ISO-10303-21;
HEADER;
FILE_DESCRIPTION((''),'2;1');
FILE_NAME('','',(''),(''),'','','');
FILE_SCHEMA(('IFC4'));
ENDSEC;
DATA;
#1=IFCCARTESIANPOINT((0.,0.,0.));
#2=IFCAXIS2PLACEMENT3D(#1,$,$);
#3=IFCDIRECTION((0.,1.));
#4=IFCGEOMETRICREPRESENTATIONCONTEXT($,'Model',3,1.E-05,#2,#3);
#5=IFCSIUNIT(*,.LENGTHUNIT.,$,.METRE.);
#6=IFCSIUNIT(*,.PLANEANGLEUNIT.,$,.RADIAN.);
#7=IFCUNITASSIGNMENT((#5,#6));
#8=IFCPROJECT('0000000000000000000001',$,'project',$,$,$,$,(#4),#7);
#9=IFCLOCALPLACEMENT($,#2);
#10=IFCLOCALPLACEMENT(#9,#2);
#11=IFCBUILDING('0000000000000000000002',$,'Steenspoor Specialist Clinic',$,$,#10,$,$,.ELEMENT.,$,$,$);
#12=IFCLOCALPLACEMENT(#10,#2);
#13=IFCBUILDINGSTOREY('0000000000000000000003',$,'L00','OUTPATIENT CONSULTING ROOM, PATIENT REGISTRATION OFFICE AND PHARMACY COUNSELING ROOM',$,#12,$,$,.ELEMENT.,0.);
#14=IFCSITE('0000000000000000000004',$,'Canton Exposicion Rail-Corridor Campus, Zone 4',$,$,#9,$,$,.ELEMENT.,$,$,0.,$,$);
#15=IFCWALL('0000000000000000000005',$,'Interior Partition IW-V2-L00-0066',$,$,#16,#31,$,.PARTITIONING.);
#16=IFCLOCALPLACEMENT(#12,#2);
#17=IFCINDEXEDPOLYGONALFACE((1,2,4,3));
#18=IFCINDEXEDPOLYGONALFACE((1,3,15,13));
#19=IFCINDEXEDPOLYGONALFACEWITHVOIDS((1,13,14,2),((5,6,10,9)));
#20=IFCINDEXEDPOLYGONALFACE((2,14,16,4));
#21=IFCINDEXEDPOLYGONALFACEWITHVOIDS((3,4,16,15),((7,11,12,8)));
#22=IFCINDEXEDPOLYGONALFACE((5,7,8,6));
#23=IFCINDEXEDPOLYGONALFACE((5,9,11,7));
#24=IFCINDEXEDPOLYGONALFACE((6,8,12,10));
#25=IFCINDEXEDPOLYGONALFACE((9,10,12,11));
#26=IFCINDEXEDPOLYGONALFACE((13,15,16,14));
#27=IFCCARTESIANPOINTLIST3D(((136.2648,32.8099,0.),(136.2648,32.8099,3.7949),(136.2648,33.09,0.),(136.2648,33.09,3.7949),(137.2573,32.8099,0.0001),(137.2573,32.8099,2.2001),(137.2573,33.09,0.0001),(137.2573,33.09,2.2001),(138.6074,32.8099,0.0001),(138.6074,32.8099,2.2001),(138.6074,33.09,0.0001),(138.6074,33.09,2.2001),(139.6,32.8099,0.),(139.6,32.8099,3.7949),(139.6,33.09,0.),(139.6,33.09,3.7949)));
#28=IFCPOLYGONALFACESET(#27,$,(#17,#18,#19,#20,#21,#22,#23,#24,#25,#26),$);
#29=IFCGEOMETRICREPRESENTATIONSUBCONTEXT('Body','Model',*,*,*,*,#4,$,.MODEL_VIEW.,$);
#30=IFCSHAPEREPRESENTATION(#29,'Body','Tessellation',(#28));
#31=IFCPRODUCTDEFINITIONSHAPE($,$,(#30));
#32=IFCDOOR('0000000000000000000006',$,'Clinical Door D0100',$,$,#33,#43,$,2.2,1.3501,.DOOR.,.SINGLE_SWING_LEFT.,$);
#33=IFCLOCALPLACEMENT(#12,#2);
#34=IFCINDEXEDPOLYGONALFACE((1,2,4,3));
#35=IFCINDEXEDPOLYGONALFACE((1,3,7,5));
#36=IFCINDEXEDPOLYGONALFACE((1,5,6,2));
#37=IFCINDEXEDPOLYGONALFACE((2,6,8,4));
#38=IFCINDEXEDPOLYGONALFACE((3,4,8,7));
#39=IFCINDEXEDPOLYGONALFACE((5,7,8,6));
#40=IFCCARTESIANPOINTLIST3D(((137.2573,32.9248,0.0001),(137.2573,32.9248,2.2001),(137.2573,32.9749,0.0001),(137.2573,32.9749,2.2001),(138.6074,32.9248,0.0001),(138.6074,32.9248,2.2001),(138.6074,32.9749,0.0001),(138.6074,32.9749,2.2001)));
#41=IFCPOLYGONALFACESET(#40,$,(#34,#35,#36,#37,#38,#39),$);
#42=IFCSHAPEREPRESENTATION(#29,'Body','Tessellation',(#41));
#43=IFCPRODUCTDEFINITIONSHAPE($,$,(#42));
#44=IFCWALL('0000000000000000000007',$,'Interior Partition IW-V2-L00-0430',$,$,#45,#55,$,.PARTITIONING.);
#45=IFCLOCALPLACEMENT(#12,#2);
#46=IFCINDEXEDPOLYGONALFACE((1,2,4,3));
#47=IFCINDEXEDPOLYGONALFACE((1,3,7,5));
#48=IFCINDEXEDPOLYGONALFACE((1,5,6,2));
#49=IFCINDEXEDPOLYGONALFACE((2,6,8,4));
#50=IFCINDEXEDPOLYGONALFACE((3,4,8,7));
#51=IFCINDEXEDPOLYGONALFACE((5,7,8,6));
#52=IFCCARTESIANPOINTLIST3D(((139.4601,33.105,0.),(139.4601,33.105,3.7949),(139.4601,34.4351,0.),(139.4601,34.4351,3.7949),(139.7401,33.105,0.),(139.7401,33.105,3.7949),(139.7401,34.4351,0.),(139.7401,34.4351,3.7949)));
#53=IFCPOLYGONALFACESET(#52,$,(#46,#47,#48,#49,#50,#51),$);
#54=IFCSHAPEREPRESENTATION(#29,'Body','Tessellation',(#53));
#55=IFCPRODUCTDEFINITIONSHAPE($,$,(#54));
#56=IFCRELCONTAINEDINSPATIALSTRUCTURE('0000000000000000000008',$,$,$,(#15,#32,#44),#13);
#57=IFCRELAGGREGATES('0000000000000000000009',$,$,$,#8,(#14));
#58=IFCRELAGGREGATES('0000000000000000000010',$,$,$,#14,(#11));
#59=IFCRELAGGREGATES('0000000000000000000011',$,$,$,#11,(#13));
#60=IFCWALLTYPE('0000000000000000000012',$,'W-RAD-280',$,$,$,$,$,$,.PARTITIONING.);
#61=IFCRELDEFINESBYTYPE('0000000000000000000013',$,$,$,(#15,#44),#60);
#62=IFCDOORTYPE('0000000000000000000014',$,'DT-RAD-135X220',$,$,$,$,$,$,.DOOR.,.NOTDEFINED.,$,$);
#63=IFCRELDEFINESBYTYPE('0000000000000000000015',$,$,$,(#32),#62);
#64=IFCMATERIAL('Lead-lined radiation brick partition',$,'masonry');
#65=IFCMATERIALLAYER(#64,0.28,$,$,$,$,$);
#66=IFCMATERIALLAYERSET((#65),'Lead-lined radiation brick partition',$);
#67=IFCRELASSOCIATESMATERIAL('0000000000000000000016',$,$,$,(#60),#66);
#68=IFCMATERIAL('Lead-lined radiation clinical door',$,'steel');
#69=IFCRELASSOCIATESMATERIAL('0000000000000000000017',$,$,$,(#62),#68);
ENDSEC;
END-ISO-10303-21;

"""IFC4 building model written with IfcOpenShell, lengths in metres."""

from ifc_helpers import new_model, si_unit, direction, frame, frame_2d, origin, place, context, subcontext, project, spatial, rectangle, extrude, material, layer, layer_set, type_object, element, fill, save


model = new_model("IFC4")

# Units and contexts
model_context = context("Model", 3, precision=1e-05, world=origin(), true_north=direction((0.0, 1.0)))
body_context = subcontext(model_context, "Body", "Model", "MODEL_VIEW")
ifc_project = project(units=[si_unit("LENGTHUNIT", "METRE"), si_unit("PLANEANGLEUNIT", "RADIAN")], contexts=[model_context])

# Site, building, storey
site_placement = place(None, origin())
site = spatial("IfcSite", under=ifc_project, at=site_placement, Name="Canton Exposicion Rail-Corridor Campus, Zone 4", CompositionType="ELEMENT", RefElevation=0.0)
building_placement = place(site_placement, origin())
building = spatial("IfcBuilding", under=site, at=building_placement, Name="Steenspoor Specialist Clinic", CompositionType="ELEMENT")
storey_placement = place(building_placement, origin())
storey = spatial("IfcBuildingStorey", under=building, at=storey_placement, Name="L00", Description="OUTPATIENT CONSULTING ROOM, PATIENT REGISTRATION OFFICE AND PHARMACY COUNSELING ROOM", CompositionType="ELEMENT", Elevation=0.0)

# Wall, opening, door
ifc_material_1 = material(Name="Lead-lined radiation brick partition", Category="masonry")
ifc_layer_1 = layer(ifc_material_1, 0.28)
ifc_layer_set_1 = layer_set([ifc_layer_1], Name="Lead-lined radiation brick partition")
wall_type_1 = type_object("IfcWallType", Name="W-RAD-280", PredefinedType="PARTITIONING", material=ifc_layer_set_1)
wall_1_placement = place(storey_placement, frame((136.2649, 32.95, 0.0), z_axis=(0.0, 0.0, 1.0), x_axis=(1.0, 0.0, 0.0)))
wall_1 = element("IfcWall", 1, at=wall_1_placement, inside=storey, type_object=wall_type_1, Name="Interior Partition IW-V2-L00-0066", PredefinedType="PARTITIONING", context=body_context, shape_type="SweptSolid", body=[
    extrude(rectangle(XDim=3.3352, YDim=0.28, at=frame_2d((1.6675, 0.0))), origin(), (0.0, 0.0, 1.0), 3.7949),
])
opening_1_placement = place(wall_1_placement, frame((0.9924, 0.0, 0.0)))
opening_1 = element("IfcOpeningElement", 2, at=opening_1_placement, cuts=wall_1, PredefinedType="OPENING", context=body_context, shape_type="SweptSolid", body=[
    extrude(rectangle(XDim=1.3501, YDim=2.2, at=frame_2d((0.675, 1.1001))), frame((0.0, 0.1499, 0.0), z_axis=(0.0, -1.0, 0.0), x_axis=(1.0, 0.0, 0.0)), (0.0, 0.0, 1.0), 0.3),
])
ifc_material_2 = material(Name="Lead-lined radiation clinical door", Category="steel")
door_type_1 = type_object("IfcDoorType", Name="DT-RAD-135X220", OperationType="NOTDEFINED", PredefinedType="DOOR", material=ifc_material_2)
door_1_placement = place(opening_1_placement, origin())
door_1 = element("IfcDoor", 3, at=door_1_placement, inside=storey, type_object=door_type_1, Name="Clinical Door D0100", OperationType="SINGLE_SWING_LEFT", OverallHeight=2.2, OverallWidth=1.3501, PredefinedType="DOOR", context=body_context, shape_type="SweptSolid", body=[
    extrude(rectangle(XDim=1.3501, YDim=2.2, at=frame_2d((0.675, 1.1001))), frame((0.0, 0.0249, 0.0), z_axis=(0.0, -1.0, 0.0), x_axis=(1.0, 0.0, 0.0)), (0.0, 0.0, 1.0), 0.05),
])
fill(opening_1, door_1)

# Wall
wall_2_placement = place(storey_placement, frame((139.6001, 33.105, 0.0), z_axis=(0.0, 0.0, 1.0), x_axis=(0.0, 1.0, 0.0)))
element("IfcWall", 4, at=wall_2_placement, inside=storey, type_object=wall_type_1, Name="Interior Partition IW-V2-L00-0430", PredefinedType="PARTITIONING", context=body_context, shape_type="SweptSolid", body=[
    extrude(rectangle(XDim=1.3301, YDim=0.28, at=frame_2d((0.665, 0.0))), origin(), (0.0, 0.0, 1.0), 3.7949),
])

save(model, "model.ifc")
